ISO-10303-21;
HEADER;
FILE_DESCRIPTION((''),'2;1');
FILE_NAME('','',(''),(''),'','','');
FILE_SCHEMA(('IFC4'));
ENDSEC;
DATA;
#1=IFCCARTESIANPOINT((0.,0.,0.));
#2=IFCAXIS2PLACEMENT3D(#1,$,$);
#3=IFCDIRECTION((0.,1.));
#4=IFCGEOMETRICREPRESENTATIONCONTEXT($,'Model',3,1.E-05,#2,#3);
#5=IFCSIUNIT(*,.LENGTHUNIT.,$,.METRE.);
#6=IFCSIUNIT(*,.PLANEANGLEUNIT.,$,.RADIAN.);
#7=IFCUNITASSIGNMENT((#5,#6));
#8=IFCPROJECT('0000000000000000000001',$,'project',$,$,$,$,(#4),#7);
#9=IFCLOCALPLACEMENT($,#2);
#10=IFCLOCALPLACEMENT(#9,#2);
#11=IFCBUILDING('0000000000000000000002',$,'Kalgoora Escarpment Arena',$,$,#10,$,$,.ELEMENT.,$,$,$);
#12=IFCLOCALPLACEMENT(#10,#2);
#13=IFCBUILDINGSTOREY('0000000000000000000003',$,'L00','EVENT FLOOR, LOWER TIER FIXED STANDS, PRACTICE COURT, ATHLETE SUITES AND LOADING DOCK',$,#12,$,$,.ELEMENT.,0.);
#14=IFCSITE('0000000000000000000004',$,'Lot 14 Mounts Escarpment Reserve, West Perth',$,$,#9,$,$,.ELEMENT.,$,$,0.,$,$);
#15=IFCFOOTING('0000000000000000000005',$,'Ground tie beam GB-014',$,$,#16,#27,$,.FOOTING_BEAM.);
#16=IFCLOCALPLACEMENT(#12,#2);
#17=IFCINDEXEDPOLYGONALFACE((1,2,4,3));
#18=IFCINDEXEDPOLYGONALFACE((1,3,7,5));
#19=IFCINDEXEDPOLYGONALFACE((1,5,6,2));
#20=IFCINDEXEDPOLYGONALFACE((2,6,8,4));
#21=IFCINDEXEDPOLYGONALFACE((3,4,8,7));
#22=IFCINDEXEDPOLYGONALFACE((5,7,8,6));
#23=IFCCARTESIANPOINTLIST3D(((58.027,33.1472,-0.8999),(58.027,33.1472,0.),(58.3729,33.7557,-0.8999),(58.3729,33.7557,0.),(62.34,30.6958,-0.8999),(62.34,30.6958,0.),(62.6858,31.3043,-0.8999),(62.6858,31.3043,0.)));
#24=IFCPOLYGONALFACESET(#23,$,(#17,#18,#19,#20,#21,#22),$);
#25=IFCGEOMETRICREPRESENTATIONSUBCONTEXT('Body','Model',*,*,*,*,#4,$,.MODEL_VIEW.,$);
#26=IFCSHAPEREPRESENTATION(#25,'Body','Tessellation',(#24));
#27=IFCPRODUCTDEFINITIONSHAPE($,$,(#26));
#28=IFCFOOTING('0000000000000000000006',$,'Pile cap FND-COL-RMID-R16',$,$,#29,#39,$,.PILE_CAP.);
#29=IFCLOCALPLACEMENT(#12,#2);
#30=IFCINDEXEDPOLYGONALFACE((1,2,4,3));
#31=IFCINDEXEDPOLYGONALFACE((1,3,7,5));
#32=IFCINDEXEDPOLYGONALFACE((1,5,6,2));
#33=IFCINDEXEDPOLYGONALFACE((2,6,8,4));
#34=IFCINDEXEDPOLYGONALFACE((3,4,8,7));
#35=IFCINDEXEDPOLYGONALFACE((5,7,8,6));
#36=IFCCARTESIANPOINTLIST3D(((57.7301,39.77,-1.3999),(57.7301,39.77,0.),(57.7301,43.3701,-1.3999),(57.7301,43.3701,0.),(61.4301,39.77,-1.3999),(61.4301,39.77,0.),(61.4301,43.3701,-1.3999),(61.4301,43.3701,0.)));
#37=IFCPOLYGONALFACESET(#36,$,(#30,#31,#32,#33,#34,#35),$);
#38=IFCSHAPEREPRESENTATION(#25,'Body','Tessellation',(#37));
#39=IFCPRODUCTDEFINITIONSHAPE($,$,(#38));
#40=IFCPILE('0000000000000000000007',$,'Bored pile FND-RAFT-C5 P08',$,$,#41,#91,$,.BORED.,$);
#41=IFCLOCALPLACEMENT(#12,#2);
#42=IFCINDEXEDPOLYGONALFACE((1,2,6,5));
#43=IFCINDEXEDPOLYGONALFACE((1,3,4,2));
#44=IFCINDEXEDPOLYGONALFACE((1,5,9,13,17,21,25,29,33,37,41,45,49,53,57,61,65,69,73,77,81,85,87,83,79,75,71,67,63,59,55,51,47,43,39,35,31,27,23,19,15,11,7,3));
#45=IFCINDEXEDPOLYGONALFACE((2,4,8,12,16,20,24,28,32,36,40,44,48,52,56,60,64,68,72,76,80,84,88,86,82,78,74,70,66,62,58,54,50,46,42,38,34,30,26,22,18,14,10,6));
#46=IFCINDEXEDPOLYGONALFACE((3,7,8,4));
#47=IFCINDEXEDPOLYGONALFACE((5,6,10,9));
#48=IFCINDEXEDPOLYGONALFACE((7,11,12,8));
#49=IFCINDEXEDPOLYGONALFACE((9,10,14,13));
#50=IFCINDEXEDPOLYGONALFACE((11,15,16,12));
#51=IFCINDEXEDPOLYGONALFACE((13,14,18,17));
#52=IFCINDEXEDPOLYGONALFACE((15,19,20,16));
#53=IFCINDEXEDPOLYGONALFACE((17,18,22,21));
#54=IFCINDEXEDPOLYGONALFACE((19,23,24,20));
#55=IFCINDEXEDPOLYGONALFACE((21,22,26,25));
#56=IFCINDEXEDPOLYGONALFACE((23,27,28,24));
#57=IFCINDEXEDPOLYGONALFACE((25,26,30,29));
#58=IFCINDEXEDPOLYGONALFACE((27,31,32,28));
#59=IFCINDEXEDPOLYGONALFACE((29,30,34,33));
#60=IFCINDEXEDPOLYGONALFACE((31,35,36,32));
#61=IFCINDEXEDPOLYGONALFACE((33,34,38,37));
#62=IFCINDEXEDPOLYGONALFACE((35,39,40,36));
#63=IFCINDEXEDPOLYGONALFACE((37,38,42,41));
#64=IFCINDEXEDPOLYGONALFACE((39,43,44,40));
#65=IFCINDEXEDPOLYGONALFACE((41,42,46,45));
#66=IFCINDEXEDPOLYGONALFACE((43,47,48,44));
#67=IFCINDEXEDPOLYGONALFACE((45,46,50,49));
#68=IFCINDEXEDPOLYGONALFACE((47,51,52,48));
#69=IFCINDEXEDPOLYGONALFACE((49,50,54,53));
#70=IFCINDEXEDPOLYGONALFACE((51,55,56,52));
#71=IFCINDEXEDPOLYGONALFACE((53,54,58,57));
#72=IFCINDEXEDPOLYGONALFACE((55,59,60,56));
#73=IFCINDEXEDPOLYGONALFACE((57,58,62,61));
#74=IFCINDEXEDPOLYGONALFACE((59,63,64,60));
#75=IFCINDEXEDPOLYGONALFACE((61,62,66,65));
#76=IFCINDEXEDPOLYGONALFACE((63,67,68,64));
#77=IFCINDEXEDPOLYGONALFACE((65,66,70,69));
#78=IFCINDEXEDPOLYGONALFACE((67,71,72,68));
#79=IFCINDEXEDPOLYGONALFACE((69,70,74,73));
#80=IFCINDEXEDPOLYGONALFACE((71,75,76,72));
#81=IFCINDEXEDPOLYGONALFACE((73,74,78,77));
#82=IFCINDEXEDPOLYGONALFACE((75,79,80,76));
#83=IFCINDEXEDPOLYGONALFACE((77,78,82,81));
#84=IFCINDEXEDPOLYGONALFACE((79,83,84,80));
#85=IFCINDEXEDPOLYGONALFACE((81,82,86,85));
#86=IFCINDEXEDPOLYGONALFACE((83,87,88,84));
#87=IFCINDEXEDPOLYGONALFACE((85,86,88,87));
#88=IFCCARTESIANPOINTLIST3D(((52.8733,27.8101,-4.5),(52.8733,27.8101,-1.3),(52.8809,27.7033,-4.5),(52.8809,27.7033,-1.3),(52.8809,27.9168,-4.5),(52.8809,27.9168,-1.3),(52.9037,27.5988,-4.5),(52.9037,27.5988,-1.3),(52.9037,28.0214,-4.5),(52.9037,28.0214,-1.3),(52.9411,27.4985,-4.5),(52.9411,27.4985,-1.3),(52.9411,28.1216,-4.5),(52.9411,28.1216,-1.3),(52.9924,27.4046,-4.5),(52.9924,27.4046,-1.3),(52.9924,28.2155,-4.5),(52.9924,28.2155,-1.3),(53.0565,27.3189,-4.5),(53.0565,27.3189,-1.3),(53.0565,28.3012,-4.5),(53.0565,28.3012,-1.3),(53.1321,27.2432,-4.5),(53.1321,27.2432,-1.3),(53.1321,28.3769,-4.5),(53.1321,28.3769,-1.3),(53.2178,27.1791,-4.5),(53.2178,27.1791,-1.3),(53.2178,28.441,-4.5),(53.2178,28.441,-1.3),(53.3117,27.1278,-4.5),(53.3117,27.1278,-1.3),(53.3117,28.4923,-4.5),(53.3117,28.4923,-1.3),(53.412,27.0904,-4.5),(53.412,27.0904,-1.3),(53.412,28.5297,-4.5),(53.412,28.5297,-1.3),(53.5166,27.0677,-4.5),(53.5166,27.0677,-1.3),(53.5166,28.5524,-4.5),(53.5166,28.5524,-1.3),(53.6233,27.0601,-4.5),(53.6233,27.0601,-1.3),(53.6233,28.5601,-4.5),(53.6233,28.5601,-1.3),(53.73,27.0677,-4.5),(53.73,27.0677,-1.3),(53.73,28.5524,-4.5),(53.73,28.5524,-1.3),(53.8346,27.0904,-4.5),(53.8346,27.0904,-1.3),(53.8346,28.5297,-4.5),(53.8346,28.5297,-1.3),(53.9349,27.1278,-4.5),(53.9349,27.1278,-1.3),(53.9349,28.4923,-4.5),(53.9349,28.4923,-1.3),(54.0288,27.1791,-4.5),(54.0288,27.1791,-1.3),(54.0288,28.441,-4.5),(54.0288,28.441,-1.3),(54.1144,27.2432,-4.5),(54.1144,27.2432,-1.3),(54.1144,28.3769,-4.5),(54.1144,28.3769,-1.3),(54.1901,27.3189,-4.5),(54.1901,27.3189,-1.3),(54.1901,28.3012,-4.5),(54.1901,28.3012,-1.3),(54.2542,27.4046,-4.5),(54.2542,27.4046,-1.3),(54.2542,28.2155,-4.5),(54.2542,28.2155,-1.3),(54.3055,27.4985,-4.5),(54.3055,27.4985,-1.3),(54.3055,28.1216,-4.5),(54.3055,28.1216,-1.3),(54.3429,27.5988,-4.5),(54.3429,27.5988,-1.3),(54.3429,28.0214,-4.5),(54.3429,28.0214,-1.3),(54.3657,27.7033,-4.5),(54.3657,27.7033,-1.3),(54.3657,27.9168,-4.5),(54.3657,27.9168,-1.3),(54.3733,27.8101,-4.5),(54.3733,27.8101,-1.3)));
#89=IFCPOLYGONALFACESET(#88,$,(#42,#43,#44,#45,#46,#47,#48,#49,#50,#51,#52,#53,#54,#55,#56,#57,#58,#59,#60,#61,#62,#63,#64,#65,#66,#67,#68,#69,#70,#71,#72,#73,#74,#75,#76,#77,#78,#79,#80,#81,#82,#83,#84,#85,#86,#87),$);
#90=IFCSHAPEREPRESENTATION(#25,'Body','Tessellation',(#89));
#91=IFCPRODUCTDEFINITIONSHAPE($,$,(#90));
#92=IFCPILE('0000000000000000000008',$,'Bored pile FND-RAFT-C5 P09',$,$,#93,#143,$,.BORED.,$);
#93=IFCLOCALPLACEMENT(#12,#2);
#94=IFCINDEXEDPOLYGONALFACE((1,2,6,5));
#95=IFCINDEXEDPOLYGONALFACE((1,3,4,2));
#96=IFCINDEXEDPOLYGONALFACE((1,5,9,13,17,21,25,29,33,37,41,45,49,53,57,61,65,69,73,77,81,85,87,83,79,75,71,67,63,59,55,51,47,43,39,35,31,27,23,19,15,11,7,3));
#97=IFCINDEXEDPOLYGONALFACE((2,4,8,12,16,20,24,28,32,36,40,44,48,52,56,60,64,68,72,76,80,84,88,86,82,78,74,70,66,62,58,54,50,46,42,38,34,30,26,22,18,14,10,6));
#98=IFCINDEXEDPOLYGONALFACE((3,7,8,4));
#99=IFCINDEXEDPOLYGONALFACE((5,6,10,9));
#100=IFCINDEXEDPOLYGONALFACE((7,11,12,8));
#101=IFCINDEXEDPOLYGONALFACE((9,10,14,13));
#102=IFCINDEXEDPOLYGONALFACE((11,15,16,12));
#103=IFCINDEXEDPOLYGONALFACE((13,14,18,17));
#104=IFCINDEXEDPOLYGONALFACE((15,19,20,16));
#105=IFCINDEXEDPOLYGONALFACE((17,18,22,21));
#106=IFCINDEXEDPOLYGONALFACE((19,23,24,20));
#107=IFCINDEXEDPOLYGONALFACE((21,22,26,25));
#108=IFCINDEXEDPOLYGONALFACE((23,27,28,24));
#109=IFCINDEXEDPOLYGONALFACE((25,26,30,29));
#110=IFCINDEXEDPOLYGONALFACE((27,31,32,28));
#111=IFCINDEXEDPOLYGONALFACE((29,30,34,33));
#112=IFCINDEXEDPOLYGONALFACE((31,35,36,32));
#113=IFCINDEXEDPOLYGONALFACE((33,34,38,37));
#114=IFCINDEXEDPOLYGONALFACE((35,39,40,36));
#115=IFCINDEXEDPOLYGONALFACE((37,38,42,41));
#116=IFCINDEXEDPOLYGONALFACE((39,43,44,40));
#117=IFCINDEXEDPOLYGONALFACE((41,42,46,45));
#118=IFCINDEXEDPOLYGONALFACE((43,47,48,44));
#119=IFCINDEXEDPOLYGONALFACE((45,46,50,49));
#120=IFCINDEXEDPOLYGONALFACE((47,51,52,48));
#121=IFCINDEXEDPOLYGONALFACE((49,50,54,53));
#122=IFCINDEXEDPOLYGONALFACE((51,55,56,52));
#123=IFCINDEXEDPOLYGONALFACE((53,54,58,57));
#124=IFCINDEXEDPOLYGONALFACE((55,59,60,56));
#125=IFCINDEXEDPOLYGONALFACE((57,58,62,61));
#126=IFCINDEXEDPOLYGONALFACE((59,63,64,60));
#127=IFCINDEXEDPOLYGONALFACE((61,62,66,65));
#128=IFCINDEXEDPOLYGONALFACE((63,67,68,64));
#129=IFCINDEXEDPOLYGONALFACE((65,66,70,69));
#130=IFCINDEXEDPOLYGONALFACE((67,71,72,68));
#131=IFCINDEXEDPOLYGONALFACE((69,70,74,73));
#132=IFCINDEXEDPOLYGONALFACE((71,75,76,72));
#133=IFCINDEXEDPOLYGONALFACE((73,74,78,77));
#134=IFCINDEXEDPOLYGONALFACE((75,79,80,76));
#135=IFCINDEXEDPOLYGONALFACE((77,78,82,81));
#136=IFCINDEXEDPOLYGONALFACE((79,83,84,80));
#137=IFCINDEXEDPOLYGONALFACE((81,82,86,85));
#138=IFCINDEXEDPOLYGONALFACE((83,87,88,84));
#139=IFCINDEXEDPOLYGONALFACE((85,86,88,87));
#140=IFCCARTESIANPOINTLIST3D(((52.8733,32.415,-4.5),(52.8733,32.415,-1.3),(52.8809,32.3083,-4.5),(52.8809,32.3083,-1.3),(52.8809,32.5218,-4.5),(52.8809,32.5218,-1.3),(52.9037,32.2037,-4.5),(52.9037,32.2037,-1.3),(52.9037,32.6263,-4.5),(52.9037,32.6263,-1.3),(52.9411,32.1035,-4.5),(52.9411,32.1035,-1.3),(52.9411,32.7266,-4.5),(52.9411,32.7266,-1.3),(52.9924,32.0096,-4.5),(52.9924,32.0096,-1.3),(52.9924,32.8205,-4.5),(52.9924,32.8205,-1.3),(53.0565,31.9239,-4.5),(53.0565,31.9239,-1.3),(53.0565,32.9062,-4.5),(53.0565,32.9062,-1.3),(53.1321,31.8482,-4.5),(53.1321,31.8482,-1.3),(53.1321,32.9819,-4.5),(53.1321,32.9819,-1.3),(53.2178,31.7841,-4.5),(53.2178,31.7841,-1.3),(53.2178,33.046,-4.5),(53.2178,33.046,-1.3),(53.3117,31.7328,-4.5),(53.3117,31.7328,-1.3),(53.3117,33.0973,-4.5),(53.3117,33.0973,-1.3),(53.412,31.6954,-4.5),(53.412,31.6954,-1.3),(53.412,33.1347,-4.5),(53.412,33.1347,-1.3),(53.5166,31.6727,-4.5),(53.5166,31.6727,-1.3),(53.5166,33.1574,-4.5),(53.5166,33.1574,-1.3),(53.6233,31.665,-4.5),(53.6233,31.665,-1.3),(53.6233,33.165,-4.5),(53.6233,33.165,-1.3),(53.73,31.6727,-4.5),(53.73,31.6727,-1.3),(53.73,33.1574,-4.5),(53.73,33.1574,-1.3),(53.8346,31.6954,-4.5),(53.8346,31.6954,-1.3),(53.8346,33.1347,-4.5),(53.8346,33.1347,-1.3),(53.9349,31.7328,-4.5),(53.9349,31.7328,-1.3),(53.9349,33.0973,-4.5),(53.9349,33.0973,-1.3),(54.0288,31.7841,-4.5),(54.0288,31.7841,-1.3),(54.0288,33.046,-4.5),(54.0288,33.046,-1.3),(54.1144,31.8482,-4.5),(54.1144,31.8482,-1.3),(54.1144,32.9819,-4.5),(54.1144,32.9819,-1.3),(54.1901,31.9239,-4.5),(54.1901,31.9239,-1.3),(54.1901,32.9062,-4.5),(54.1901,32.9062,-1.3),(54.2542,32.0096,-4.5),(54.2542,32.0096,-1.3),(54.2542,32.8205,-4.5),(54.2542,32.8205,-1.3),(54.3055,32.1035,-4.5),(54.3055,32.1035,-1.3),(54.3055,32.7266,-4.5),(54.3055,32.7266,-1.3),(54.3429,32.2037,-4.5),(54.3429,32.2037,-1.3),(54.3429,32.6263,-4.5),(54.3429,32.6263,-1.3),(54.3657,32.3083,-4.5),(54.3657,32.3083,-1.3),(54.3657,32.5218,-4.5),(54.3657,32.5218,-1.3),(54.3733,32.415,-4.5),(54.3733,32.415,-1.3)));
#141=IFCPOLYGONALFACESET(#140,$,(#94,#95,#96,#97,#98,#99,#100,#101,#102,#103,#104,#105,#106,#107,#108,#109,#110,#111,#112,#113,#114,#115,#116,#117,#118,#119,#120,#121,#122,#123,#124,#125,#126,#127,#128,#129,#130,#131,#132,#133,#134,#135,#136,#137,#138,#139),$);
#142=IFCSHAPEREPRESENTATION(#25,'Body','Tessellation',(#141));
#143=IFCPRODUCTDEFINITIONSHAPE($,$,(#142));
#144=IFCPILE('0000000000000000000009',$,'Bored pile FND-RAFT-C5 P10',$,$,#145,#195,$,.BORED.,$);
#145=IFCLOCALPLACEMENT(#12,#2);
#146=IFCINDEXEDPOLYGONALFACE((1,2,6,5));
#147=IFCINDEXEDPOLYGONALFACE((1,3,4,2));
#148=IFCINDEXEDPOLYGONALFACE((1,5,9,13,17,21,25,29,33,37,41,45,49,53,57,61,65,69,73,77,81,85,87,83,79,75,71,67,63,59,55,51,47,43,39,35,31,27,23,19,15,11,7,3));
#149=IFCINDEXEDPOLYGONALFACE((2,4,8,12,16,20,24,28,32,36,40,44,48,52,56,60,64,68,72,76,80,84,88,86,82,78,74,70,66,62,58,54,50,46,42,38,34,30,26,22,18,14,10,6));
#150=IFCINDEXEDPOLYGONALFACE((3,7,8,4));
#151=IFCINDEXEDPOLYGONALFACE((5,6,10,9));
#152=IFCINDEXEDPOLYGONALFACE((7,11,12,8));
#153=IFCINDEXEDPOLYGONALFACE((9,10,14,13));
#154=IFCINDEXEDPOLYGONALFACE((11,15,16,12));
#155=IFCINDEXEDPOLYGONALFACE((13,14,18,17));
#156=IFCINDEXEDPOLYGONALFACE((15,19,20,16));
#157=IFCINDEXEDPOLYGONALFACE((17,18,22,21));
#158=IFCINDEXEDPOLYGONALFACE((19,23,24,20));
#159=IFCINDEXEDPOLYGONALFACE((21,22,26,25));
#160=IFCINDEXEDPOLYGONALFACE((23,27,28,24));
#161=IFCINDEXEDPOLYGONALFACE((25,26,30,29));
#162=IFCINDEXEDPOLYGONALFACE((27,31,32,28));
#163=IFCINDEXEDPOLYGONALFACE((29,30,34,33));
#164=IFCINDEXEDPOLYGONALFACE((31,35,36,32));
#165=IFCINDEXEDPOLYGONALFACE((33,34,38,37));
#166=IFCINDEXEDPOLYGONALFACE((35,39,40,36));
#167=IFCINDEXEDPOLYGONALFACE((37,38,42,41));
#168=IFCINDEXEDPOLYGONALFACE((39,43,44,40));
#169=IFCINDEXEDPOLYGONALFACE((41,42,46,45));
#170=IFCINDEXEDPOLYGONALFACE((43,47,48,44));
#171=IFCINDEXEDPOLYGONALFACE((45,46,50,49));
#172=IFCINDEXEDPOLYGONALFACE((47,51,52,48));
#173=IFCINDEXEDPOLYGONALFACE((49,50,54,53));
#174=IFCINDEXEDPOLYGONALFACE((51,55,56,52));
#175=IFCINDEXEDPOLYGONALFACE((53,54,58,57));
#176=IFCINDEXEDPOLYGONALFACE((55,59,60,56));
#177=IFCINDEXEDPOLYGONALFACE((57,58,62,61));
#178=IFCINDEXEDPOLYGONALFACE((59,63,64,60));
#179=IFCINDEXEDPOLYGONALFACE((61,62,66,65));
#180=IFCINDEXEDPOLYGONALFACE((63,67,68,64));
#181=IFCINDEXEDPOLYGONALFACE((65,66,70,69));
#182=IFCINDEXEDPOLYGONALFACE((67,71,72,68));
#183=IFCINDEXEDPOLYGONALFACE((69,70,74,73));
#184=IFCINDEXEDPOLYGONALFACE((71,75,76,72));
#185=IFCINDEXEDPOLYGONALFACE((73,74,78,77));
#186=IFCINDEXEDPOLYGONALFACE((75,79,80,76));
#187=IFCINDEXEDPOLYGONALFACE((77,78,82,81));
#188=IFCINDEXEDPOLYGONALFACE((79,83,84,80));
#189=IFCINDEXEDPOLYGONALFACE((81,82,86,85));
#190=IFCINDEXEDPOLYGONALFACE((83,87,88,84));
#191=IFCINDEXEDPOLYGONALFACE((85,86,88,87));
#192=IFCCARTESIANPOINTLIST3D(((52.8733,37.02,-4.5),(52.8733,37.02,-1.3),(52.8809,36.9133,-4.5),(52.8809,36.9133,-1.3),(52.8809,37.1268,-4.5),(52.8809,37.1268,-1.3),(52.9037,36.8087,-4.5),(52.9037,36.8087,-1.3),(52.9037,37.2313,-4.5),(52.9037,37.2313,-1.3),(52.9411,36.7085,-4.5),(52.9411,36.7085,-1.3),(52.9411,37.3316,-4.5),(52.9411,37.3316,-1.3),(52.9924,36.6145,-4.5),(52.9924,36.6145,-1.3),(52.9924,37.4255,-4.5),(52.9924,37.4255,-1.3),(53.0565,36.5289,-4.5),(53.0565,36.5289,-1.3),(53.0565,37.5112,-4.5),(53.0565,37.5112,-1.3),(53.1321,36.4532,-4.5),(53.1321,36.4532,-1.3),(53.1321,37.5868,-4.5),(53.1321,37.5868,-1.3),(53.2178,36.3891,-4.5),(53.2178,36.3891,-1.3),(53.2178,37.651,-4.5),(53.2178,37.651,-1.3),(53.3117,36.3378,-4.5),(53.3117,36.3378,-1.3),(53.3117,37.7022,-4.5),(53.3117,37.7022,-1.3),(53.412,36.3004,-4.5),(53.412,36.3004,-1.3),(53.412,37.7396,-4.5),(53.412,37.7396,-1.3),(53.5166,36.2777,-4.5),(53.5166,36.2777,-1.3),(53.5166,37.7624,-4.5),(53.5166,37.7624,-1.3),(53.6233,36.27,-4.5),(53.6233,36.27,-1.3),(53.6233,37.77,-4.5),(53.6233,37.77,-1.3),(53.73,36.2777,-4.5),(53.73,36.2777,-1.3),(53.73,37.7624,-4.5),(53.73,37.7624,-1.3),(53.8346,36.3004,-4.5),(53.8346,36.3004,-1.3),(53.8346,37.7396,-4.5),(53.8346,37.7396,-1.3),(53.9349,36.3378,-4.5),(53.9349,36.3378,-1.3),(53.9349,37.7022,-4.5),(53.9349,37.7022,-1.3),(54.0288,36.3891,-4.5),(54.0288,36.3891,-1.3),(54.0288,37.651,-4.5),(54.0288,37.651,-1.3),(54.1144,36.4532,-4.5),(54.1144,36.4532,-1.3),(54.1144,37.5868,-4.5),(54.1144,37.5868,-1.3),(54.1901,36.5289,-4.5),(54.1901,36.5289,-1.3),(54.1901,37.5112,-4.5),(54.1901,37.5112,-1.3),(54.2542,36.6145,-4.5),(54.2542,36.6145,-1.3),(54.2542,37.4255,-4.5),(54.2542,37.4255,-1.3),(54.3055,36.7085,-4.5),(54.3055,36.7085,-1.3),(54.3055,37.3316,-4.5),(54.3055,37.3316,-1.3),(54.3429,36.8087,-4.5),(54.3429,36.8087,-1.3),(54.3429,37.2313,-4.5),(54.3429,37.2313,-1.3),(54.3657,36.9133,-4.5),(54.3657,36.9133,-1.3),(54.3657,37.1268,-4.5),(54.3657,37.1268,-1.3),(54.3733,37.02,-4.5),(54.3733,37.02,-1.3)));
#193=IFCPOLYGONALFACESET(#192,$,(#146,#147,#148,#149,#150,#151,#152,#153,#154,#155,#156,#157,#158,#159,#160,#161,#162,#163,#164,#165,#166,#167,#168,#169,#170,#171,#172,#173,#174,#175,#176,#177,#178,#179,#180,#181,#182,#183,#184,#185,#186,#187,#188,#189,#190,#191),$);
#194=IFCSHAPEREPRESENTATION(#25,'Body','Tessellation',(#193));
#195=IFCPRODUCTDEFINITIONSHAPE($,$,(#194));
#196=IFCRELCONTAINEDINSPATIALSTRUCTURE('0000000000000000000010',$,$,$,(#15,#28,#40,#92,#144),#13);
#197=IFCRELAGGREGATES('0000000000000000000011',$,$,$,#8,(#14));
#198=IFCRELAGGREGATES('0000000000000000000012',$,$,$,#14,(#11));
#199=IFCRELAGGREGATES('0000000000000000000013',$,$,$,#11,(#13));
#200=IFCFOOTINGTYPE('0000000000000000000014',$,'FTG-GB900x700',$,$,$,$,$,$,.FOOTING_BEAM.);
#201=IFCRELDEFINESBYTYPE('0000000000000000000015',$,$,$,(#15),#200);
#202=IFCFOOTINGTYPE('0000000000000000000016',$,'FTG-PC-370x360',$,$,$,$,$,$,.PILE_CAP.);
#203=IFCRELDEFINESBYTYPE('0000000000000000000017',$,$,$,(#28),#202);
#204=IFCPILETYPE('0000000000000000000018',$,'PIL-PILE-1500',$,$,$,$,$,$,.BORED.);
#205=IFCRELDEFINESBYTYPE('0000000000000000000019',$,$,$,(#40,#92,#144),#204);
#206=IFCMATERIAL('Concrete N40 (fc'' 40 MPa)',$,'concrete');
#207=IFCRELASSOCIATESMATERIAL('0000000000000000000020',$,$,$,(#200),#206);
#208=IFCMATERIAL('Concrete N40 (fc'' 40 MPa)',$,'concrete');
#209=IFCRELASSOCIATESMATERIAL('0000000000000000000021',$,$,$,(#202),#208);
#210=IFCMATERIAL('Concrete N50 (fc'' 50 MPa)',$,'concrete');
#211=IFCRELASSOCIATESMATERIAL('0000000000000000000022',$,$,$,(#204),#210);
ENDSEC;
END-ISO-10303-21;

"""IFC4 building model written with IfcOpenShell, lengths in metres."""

from ifc_helpers import new_model, si_unit, direction, frame, origin, origin_2d, place, context, subcontext, project, spatial, rectangle, circle, extrude, material, material_profile, profile_set, type_object, element, save


model = new_model("IFC4")

# Units and contexts
model_context = context("Model", 3, precision=1e-05, world=origin(), true_north=direction((0.0, 1.0)))
body_context = subcontext(model_context, "Body", "Model", "MODEL_VIEW")
ifc_project = project(units=[si_unit("LENGTHUNIT", "METRE"), si_unit("PLANEANGLEUNIT", "RADIAN")], contexts=[model_context])

# Site, building, storey
site_placement = place(None, origin())
site = spatial("IfcSite", under=ifc_project, at=site_placement, Name="Lot 14 Mounts Escarpment Reserve, West Perth", CompositionType="ELEMENT", RefElevation=0.0)
building_placement = place(site_placement, origin())
building = spatial("IfcBuilding", under=site, at=building_placement, Name="Kalgoora Escarpment Arena", CompositionType="ELEMENT")
storey_placement = place(building_placement, origin())
storey = spatial("IfcBuildingStorey", under=building, at=storey_placement, Name="L00", Description="EVENT FLOOR, LOWER TIER FIXED STANDS, PRACTICE COURT, ATHLETE SUITES AND LOADING DOCK", CompositionType="ELEMENT", Elevation=0.0)

# Footings
ifc_material_1 = material(Name="Concrete N40 (fc' 40 MPa)", Category="concrete")
ifc_material_profile_1 = material_profile(ifc_material_1, rectangle(XDim=0.7, YDim=0.8999, at=origin_2d()))
ifc_profile_set_1 = profile_set([ifc_material_profile_1], Name="Concrete N40 (fc' 40 MPa)")
footing_type_1 = type_object("IfcFootingType", Name="FTG-GB900x700", PredefinedType="FOOTING_BEAM", material=ifc_profile_set_1)
footing_1_placement = place(storey_placement, frame((58.2, 33.4514, -0.45), z_axis=(0.869383, -0.49414, 0.0), x_axis=(0.49414, 0.869383, 0.0)))
element("IfcFooting", 1, at=footing_1_placement, inside=storey, type_object=footing_type_1, Name="Ground tie beam GB-014", PredefinedType="FOOTING_BEAM", context=body_context, shape_type="SweptSolid", body=[
    extrude(rectangle(XDim=0.7, YDim=0.8999, at=origin_2d()), origin(), (0.0, 0.0, 1.0), 4.9609),
])
ifc_material_2 = material(Name="Concrete N40 (fc' 40 MPa)", Category="concrete")
footing_type_2 = type_object("IfcFootingType", Name="FTG-PC-370x360", PredefinedType="PILE_CAP", material=ifc_material_2)
footing_2_placement = place(storey_placement, frame((59.5801, 41.5701, -1.3999), z_axis=(0.0, 0.0, 1.0), x_axis=(1.0, 0.0, 0.0)))
element("IfcFooting", 2, at=footing_2_placement, inside=storey, type_object=footing_type_2, Name="Pile cap FND-COL-RMID-R16", PredefinedType="PILE_CAP", context=body_context, shape_type="SweptSolid", body=[
    extrude(rectangle(XDim=3.7, YDim=3.6001, at=origin_2d()), origin(), (0.0, 0.0, 1.0), 1.3999),
])

# Piles
ifc_material_3 = material(Name="Concrete N50 (fc' 50 MPa)", Category="concrete")
ifc_material_profile_2 = material_profile(ifc_material_3, circle(Radius=0.75, at=origin_2d()))
ifc_profile_set_2 = profile_set([ifc_material_profile_2], Name="Concrete N50 (fc' 50 MPa)")
pile_type_1 = type_object("IfcPileType", Name="PIL-PILE-1500", PredefinedType="BORED", material=ifc_profile_set_2)
for number, where, z_axis, x_axis, name in (
    (3, (53.6233, 27.8101, -1.3), (0.0, 0.0, -1.0), (1.0, 0.0, 0.0), "Bored pile FND-RAFT-C5 P08"),
    (4, (53.6233, 32.415, -1.3), (0.0, 0.0, -1.0), (1.0, 0.0, 0.0), "Bored pile FND-RAFT-C5 P09"),
    (5, (53.6233, 37.02, -1.3), (0.0, 0.0, -1.0), (1.0, 0.0, 0.0), "Bored pile FND-RAFT-C5 P10"),
):
    element("IfcPile", number, at=place(storey_placement, frame(where, z_axis=z_axis, x_axis=x_axis)), inside=storey, type_object=pile_type_1, Name=name, PredefinedType="BORED", context=body_context, shape_type="SweptSolid", body=[
        extrude(circle(Radius=0.75, at=origin_2d()), origin(), (0.0, 0.0, 1.0), 3.2),
    ])

save(model, "model.ifc")
